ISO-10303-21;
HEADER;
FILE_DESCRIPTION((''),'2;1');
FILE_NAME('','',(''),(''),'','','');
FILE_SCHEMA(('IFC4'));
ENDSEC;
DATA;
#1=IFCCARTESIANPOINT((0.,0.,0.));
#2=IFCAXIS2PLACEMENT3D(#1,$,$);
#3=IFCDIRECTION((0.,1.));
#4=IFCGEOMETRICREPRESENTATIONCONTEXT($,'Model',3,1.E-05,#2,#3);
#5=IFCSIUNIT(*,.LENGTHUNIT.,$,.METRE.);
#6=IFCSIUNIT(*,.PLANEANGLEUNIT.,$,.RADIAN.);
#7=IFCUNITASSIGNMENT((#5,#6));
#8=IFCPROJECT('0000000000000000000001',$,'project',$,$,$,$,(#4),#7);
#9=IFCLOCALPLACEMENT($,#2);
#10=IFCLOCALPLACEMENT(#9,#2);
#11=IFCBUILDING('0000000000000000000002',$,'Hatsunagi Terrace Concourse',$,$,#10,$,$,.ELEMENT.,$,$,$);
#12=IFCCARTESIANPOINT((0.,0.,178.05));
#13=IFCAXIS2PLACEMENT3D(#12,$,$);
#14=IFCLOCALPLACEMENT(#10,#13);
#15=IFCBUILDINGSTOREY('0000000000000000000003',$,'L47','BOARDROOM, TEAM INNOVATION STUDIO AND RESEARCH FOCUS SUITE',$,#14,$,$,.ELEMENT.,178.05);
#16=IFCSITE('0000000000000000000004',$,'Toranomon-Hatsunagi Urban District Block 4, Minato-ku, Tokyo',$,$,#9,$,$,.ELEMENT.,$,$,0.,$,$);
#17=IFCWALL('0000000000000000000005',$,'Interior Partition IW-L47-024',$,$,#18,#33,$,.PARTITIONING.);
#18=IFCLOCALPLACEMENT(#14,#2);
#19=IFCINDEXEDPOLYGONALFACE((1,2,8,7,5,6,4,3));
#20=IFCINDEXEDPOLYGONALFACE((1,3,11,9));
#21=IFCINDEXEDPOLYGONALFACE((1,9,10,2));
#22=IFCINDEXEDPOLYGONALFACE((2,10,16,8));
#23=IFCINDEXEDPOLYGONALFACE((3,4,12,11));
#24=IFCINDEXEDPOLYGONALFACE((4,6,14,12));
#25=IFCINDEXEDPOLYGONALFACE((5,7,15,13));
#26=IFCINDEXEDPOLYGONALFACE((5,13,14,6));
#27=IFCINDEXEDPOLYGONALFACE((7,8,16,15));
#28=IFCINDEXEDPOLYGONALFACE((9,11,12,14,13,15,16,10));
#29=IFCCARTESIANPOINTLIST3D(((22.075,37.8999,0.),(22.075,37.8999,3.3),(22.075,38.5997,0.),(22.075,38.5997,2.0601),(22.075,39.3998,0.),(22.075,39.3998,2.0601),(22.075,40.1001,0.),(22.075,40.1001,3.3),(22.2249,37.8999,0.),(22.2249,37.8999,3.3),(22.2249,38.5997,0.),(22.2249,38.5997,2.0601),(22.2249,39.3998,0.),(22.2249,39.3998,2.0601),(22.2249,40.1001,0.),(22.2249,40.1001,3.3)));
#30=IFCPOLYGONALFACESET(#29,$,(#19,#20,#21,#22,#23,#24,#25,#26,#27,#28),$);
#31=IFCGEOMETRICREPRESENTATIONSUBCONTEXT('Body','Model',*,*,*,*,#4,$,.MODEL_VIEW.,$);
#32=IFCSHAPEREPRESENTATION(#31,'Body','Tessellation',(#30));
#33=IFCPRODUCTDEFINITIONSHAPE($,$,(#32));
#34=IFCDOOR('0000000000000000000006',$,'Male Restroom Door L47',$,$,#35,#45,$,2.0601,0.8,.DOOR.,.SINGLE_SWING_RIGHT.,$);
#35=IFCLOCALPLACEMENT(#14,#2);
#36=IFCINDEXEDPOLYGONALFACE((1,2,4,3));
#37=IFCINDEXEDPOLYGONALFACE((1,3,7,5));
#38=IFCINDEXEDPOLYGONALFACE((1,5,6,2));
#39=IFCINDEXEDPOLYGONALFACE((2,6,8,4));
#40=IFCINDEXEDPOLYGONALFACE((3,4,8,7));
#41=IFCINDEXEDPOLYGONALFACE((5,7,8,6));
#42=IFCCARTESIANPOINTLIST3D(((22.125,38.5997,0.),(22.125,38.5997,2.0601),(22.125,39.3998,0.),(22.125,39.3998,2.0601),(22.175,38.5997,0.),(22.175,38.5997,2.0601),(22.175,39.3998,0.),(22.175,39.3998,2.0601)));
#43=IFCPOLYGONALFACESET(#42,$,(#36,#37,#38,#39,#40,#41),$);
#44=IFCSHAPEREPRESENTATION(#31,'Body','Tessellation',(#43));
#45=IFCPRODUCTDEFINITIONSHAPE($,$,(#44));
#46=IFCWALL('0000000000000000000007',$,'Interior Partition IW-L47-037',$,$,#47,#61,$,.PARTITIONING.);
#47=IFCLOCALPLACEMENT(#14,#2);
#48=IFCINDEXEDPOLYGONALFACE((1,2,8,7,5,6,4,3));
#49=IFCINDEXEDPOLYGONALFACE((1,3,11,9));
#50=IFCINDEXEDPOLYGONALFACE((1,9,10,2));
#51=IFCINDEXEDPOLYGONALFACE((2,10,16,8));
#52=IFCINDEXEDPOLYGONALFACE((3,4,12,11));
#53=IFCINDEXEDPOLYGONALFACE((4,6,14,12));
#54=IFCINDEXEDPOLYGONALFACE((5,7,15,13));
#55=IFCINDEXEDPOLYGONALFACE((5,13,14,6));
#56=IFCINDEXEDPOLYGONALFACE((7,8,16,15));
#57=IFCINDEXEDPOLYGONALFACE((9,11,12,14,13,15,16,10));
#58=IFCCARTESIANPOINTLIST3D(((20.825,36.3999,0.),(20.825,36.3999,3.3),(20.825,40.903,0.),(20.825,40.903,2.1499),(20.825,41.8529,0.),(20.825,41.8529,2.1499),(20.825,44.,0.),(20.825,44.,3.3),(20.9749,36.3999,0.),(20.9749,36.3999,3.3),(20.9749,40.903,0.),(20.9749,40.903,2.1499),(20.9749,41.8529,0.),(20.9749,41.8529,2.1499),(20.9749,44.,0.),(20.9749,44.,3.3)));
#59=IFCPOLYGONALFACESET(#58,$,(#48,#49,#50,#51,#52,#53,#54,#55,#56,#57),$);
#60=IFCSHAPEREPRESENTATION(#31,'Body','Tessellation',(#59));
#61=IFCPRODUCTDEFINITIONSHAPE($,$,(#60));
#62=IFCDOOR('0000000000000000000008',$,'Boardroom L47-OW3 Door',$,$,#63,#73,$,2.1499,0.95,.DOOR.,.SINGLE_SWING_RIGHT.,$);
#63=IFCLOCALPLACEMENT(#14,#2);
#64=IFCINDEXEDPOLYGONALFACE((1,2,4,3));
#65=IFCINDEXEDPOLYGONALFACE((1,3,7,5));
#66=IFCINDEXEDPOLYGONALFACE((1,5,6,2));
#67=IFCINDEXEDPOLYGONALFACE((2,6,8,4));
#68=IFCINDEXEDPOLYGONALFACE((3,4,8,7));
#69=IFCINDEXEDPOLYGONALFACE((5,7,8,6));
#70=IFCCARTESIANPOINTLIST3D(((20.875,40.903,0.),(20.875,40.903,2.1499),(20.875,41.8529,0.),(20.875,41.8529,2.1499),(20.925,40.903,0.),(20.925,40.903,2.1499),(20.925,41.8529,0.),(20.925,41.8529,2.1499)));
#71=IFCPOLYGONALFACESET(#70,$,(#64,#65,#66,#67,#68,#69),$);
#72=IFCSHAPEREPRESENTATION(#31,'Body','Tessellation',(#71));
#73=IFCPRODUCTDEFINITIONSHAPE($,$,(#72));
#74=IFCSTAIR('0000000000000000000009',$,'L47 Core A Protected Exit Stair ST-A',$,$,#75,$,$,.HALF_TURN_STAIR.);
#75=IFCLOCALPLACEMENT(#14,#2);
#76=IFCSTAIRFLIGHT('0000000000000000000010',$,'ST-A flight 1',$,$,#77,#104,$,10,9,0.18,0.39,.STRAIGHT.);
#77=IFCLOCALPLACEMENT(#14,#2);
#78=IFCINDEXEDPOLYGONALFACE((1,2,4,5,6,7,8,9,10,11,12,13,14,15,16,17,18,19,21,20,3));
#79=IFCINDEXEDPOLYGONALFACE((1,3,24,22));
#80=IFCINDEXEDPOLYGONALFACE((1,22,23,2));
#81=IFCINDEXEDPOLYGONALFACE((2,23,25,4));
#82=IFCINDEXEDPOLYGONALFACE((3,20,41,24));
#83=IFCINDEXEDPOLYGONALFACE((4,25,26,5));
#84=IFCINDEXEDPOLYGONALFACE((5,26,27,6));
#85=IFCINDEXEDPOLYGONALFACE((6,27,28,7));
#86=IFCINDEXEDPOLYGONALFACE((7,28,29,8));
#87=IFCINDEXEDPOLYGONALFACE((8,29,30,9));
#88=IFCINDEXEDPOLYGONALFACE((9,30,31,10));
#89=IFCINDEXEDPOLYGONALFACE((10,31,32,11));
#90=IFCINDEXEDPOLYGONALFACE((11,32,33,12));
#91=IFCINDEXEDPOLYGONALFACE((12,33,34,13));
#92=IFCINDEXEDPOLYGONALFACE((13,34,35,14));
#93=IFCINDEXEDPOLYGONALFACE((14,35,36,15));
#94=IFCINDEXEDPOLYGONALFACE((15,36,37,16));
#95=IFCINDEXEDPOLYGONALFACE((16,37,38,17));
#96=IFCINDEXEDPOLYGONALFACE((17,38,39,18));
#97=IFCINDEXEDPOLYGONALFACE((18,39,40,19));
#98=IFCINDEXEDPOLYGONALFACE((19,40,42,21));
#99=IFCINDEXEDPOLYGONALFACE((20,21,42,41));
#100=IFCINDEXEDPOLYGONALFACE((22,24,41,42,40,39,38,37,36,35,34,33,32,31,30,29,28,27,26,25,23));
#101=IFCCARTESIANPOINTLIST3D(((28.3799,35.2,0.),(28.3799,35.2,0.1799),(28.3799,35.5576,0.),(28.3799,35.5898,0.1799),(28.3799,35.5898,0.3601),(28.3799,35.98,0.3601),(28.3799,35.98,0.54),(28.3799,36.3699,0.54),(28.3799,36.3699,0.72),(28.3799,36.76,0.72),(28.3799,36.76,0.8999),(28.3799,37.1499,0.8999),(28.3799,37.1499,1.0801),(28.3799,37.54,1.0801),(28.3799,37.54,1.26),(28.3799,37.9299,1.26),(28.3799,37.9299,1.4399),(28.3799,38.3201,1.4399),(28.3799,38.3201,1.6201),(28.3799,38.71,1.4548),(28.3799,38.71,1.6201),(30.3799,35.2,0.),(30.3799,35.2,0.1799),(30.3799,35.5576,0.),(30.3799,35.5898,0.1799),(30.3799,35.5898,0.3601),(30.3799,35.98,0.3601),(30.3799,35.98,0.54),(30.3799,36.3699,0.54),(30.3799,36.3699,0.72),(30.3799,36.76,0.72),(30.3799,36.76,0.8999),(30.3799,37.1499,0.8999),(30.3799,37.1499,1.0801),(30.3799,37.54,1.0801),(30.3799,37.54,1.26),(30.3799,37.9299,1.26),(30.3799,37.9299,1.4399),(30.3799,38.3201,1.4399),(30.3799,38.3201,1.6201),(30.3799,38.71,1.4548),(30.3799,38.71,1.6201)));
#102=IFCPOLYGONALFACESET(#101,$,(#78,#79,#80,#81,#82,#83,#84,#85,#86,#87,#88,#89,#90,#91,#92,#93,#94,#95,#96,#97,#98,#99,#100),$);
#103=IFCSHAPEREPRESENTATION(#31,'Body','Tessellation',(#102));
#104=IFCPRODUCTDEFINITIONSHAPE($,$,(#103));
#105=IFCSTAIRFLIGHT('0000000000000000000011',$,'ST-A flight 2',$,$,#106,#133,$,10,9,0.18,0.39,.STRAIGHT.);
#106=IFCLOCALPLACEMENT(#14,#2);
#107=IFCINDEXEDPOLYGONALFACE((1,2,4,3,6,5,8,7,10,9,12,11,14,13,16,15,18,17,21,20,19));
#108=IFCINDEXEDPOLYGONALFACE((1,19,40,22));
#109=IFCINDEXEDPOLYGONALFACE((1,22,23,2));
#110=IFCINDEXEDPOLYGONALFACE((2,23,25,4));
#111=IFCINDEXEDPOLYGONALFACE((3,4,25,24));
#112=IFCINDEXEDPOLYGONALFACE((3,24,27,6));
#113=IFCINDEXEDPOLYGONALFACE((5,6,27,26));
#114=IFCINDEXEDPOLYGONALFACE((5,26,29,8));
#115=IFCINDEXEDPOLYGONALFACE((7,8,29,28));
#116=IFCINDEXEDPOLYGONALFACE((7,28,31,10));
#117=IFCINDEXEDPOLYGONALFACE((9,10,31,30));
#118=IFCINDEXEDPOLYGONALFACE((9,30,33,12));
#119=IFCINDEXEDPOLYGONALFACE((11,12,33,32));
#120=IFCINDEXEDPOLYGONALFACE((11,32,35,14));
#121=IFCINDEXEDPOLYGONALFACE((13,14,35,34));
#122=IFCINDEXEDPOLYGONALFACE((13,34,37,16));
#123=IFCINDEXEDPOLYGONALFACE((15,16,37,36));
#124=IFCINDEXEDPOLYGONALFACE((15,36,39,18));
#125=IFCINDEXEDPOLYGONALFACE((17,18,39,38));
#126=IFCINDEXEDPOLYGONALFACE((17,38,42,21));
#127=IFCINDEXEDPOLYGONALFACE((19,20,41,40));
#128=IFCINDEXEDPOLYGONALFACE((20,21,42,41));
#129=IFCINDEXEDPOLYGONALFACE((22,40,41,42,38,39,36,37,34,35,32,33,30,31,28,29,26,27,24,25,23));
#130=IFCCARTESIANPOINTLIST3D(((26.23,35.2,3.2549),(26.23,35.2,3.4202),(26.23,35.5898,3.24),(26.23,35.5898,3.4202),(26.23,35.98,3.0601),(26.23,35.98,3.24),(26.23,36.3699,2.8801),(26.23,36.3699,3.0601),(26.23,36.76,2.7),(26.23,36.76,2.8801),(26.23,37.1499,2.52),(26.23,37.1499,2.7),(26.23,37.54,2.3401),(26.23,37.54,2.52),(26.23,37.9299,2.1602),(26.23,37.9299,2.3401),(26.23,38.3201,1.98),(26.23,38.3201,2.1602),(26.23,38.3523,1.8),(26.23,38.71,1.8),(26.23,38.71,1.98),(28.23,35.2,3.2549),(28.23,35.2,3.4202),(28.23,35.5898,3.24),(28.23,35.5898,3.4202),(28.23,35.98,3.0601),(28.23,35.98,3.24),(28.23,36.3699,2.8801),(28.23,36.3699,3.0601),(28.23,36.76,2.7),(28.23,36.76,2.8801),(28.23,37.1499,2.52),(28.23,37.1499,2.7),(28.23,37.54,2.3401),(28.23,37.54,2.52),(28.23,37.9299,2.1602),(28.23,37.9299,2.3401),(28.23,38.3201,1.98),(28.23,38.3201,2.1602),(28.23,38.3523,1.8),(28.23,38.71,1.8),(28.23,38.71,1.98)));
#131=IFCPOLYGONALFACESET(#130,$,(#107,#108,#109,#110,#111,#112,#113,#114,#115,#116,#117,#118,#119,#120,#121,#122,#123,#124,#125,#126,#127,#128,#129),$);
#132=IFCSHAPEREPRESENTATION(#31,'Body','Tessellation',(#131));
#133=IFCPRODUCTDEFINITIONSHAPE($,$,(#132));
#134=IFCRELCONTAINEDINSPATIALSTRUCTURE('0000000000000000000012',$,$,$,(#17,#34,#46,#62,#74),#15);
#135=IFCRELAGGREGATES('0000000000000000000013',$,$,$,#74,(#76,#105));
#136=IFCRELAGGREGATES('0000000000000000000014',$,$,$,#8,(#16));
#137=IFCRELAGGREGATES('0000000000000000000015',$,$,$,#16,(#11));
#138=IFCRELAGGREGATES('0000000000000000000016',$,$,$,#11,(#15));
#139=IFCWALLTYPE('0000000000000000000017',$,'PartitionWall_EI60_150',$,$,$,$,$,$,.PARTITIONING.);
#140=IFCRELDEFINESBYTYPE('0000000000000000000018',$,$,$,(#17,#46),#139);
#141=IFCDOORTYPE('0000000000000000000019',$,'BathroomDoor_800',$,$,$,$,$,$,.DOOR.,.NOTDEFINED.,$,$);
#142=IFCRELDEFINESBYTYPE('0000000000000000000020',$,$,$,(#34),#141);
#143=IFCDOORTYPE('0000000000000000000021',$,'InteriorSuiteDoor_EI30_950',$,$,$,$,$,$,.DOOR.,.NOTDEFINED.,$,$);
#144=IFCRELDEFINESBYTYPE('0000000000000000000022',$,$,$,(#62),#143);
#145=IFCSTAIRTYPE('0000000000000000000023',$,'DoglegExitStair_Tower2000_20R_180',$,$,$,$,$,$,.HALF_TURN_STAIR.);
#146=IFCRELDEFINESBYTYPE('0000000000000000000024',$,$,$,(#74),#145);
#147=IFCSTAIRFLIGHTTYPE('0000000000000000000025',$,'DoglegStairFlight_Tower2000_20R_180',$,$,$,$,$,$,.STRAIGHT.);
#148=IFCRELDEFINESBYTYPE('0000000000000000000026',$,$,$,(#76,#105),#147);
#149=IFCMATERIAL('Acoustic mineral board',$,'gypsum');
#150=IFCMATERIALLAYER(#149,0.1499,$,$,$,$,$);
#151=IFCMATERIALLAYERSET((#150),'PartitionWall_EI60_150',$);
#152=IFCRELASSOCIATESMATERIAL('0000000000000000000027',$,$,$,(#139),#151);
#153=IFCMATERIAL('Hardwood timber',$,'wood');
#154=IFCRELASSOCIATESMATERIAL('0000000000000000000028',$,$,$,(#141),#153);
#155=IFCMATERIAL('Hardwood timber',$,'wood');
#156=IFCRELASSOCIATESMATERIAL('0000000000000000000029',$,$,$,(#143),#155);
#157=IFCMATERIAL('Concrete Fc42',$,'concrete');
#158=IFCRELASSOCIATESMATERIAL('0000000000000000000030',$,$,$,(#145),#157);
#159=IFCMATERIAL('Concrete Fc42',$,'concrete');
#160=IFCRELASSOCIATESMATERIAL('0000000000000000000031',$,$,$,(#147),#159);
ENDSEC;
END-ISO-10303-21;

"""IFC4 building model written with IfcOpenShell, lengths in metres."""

from ifc_helpers import new_model, si_unit, direction, frame, frame_2d, origin, place, context, subcontext, project, spatial, polyline, rectangle, outline, extrude, material, layer, layer_set, type_object, element, fill, aggregate, save


model = new_model("IFC4")

# Units and contexts
model_context = context("Model", 3, precision=1e-05, world=origin(), true_north=direction((0.0, 1.0)))
body_context = subcontext(model_context, "Body", "Model", "MODEL_VIEW")
ifc_project = project(units=[si_unit("LENGTHUNIT", "METRE"), si_unit("PLANEANGLEUNIT", "RADIAN")], contexts=[model_context])

# Site, building, storey
site_placement = place(None, origin())
site = spatial("IfcSite", under=ifc_project, at=site_placement, Name="Toranomon-Hatsunagi Urban District Block 4, Minato-ku, Tokyo", CompositionType="ELEMENT", RefElevation=0.0)
building_placement = place(site_placement, origin())
building = spatial("IfcBuilding", under=site, at=building_placement, Name="Hatsunagi Terrace Concourse", CompositionType="ELEMENT")
storey_placement = place(building_placement, frame((0.0, 0.0, 178.05)))
storey = spatial("IfcBuildingStorey", under=building, at=storey_placement, Name="L47", Description="BOARDROOM, TEAM INNOVATION STUDIO AND RESEARCH FOCUS SUITE", CompositionType="ELEMENT", Elevation=178.05)

# Shared definitions
ifc_material_1 = material(Name="Acoustic mineral board", Category="gypsum")
ifc_layer_1 = layer(ifc_material_1, 0.1499)
ifc_layer_set_1 = layer_set([ifc_layer_1], Name="PartitionWall_EI60_150")
wall_type_1 = type_object("IfcWallType", Name="PartitionWall_EI60_150", PredefinedType="PARTITIONING", material=ifc_layer_set_1)

# Walls, openings, doors
ifc_material_2 = material(Name="Hardwood timber", Category="wood")
door_type_1 = type_object("IfcDoorType", Name="BathroomDoor_800", OperationType="NOTDEFINED", PredefinedType="DOOR", material=ifc_material_2)
wall_1_placement = place(storey_placement, frame((22.1499, 37.8999, 0.0), z_axis=(0.0, 0.0, 1.0), x_axis=(0.0, 1.0, 0.0)))
wall_1 = element("IfcWall", 1, at=wall_1_placement, inside=storey, type_object=wall_type_1, Name="Interior Partition IW-L47-024", PredefinedType="PARTITIONING", context=body_context, shape_type="SweptSolid", body=[
    extrude(rectangle(XDim=2.2002, YDim=0.1499, at=frame_2d((1.1001, 0.0))), origin(), (0.0, 0.0, 1.0), 3.3),
])
opening_1_placement = place(wall_1_placement, frame((0.7, 0.0, 0.0)))
opening_1 = element("IfcOpeningElement", 2, at=opening_1_placement, cuts=wall_1, PredefinedType="OPENING", context=body_context, shape_type="SweptSolid", body=[
    extrude(rectangle(XDim=0.8, YDim=2.0601, at=frame_2d((0.3999, 1.03))), frame((0.0, 0.085, 0.0), z_axis=(0.0, -1.0, 0.0), x_axis=(1.0, 0.0, 0.0)), (0.0, 0.0, 1.0), 0.1699),
])
door_1_placement = place(opening_1_placement, origin())
door_1 = element("IfcDoor", 3, at=door_1_placement, inside=storey, type_object=door_type_1, Name="Male Restroom Door L47", OperationType="SINGLE_SWING_RIGHT", OverallHeight=2.0601, OverallWidth=0.8, PredefinedType="DOOR", context=body_context, shape_type="SweptSolid", body=[
    extrude(rectangle(XDim=0.8, YDim=2.0601, at=frame_2d((0.3999, 1.03))), frame((0.0, 0.0249, 0.0), z_axis=(0.0, -1.0, 0.0), x_axis=(1.0, 0.0, 0.0)), (0.0, 0.0, 1.0), 0.05),
])
fill(opening_1, door_1)
wall_2_placement = place(storey_placement, frame((20.8999, 36.3999, 0.0), z_axis=(0.0, 0.0, 1.0), x_axis=(0.0, 1.0, 0.0)))
wall_2 = element("IfcWall", 4, at=wall_2_placement, inside=storey, type_object=wall_type_1, Name="Interior Partition IW-L47-037", PredefinedType="PARTITIONING", context=body_context, shape_type="SweptSolid", body=[
    extrude(rectangle(XDim=7.6001, YDim=0.1499, at=frame_2d((3.8, 0.0))), origin(), (0.0, 0.0, 1.0), 3.3),
])
opening_2_placement = place(wall_2_placement, frame((4.5029, 0.0, 0.0)))
opening_2 = element("IfcOpeningElement", 5, at=opening_2_placement, cuts=wall_2, PredefinedType="OPENING", context=body_context, shape_type="SweptSolid", body=[
    extrude(rectangle(XDim=0.95, YDim=2.1499, at=frame_2d((0.4751, 1.075))), frame((0.0, 0.085, 0.0), z_axis=(0.0, -1.0, 0.0), x_axis=(1.0, 0.0, 0.0)), (0.0, 0.0, 1.0), 0.1699),
])
ifc_material_3 = material(Name="Hardwood timber", Category="wood")
door_type_2 = type_object("IfcDoorType", Name="InteriorSuiteDoor_EI30_950", OperationType="NOTDEFINED", PredefinedType="DOOR", material=ifc_material_3)
door_2_placement = place(opening_2_placement, origin())
door_2 = element("IfcDoor", 6, at=door_2_placement, inside=storey, type_object=door_type_2, Name="Boardroom L47-OW3 Door", OperationType="SINGLE_SWING_RIGHT", OverallHeight=2.1499, OverallWidth=0.95, PredefinedType="DOOR", context=body_context, shape_type="SweptSolid", body=[
    extrude(rectangle(XDim=0.95, YDim=2.1499, at=frame_2d((0.4751, 1.075))), frame((0.0, 0.0249, 0.0), z_axis=(0.0, -1.0, 0.0), x_axis=(1.0, 0.0, 0.0)), (0.0, 0.0, 1.0), 0.05),
])
fill(opening_2, door_2)

# Stair, stair flights
ifc_material_4 = material(Name="Concrete Fc42", Category="concrete")
stair_type = type_object("IfcStairType", Name="DoglegExitStair_Tower2000_20R_180", PredefinedType="HALF_TURN_STAIR", material=ifc_material_4)
stair_placement = place(storey_placement, origin())
stair = element("IfcStair", 7, at=stair_placement, inside=storey, type_object=stair_type, Name="L47 Core A Protected Exit Stair ST-A", PredefinedType="HALF_TURN_STAIR")
ifc_material_5 = material(Name="Concrete Fc42", Category="concrete")
stair_flight_type = type_object("IfcStairFlightType", Name="DoglegStairFlight_Tower2000_20R_180", PredefinedType="STRAIGHT", material=ifc_material_5)
stair_flight_1_placement = place(storey_placement, frame((29.3799, 35.2, 0.0), z_axis=(0.0, 0.0, 1.0), x_axis=(0.0, 1.0, 0.0)))
stair_flight_1 = element("IfcStairFlight", 8, at=stair_flight_1_placement, type_object=stair_flight_type, Name="ST-A flight 1", NumberOfRisers=10, NumberOfTreads=9, PredefinedType="STRAIGHT", RiserHeight=0.18, TreadLength=0.39, context=body_context, shape_type="SweptSolid", body=[
    extrude(outline(polyline([(0.0, 0.0), (0.0, 0.1799), (0.3899, 0.1799), (0.3899, 0.3601), (0.78, 0.3601), (0.78, 0.54), (1.1699, 0.54), (1.1699, 0.72), (1.5601, 0.72), (1.5601, 0.8999), (1.95, 0.8999), (1.95, 1.0801), (2.3401, 1.0801), (2.3401, 1.26), (2.73, 1.26), (2.73, 1.4399), (3.1201, 1.4399), (3.1201, 1.6201), (3.51, 1.6201), (3.51, 1.8), (3.51, 1.4548), (0.3577, 0.0), (0.0, 0.0)])), frame((0.0, 1.0, 0.0), z_axis=(0.0, -1.0, 0.0), x_axis=(1.0, 0.0, 0.0)), (0.0, 0.0, 1.0), 2.0),
])
stair_flight_2_placement = place(storey_placement, frame((27.23, 38.71, 1.8), z_axis=(0.0, 0.0, 1.0), x_axis=(0.0, -1.0, 0.0)))
stair_flight_2 = element("IfcStairFlight", 9, at=stair_flight_2_placement, type_object=stair_flight_type, Name="ST-A flight 2", NumberOfRisers=10, NumberOfTreads=9, PredefinedType="STRAIGHT", RiserHeight=0.18, TreadLength=0.39, context=body_context, shape_type="SweptSolid", body=[
    extrude(outline(polyline([(0.0, 0.0), (0.0, 0.1799), (0.3899, 0.1799), (0.3899, 0.3601), (0.78, 0.3601), (0.78, 0.54), (1.1699, 0.54), (1.1699, 0.72), (1.5601, 0.72), (1.5601, 0.8999), (1.95, 0.8999), (1.95, 1.0801), (2.3401, 1.0801), (2.3401, 1.26), (2.73, 1.26), (2.73, 1.4399), (3.1201, 1.4399), (3.1201, 1.6201), (3.51, 1.6201), (3.51, 1.8), (3.51, 1.4548), (0.3577, 0.0), (0.0, 0.0)])), frame((0.0, 1.0, 0.0), z_axis=(0.0, -1.0, 0.0), x_axis=(1.0, 0.0, 0.0)), (0.0, 0.0, 1.0), 2.0),
])
aggregate(stair, [stair_flight_1, stair_flight_2])

save(model, "model.ifc")
